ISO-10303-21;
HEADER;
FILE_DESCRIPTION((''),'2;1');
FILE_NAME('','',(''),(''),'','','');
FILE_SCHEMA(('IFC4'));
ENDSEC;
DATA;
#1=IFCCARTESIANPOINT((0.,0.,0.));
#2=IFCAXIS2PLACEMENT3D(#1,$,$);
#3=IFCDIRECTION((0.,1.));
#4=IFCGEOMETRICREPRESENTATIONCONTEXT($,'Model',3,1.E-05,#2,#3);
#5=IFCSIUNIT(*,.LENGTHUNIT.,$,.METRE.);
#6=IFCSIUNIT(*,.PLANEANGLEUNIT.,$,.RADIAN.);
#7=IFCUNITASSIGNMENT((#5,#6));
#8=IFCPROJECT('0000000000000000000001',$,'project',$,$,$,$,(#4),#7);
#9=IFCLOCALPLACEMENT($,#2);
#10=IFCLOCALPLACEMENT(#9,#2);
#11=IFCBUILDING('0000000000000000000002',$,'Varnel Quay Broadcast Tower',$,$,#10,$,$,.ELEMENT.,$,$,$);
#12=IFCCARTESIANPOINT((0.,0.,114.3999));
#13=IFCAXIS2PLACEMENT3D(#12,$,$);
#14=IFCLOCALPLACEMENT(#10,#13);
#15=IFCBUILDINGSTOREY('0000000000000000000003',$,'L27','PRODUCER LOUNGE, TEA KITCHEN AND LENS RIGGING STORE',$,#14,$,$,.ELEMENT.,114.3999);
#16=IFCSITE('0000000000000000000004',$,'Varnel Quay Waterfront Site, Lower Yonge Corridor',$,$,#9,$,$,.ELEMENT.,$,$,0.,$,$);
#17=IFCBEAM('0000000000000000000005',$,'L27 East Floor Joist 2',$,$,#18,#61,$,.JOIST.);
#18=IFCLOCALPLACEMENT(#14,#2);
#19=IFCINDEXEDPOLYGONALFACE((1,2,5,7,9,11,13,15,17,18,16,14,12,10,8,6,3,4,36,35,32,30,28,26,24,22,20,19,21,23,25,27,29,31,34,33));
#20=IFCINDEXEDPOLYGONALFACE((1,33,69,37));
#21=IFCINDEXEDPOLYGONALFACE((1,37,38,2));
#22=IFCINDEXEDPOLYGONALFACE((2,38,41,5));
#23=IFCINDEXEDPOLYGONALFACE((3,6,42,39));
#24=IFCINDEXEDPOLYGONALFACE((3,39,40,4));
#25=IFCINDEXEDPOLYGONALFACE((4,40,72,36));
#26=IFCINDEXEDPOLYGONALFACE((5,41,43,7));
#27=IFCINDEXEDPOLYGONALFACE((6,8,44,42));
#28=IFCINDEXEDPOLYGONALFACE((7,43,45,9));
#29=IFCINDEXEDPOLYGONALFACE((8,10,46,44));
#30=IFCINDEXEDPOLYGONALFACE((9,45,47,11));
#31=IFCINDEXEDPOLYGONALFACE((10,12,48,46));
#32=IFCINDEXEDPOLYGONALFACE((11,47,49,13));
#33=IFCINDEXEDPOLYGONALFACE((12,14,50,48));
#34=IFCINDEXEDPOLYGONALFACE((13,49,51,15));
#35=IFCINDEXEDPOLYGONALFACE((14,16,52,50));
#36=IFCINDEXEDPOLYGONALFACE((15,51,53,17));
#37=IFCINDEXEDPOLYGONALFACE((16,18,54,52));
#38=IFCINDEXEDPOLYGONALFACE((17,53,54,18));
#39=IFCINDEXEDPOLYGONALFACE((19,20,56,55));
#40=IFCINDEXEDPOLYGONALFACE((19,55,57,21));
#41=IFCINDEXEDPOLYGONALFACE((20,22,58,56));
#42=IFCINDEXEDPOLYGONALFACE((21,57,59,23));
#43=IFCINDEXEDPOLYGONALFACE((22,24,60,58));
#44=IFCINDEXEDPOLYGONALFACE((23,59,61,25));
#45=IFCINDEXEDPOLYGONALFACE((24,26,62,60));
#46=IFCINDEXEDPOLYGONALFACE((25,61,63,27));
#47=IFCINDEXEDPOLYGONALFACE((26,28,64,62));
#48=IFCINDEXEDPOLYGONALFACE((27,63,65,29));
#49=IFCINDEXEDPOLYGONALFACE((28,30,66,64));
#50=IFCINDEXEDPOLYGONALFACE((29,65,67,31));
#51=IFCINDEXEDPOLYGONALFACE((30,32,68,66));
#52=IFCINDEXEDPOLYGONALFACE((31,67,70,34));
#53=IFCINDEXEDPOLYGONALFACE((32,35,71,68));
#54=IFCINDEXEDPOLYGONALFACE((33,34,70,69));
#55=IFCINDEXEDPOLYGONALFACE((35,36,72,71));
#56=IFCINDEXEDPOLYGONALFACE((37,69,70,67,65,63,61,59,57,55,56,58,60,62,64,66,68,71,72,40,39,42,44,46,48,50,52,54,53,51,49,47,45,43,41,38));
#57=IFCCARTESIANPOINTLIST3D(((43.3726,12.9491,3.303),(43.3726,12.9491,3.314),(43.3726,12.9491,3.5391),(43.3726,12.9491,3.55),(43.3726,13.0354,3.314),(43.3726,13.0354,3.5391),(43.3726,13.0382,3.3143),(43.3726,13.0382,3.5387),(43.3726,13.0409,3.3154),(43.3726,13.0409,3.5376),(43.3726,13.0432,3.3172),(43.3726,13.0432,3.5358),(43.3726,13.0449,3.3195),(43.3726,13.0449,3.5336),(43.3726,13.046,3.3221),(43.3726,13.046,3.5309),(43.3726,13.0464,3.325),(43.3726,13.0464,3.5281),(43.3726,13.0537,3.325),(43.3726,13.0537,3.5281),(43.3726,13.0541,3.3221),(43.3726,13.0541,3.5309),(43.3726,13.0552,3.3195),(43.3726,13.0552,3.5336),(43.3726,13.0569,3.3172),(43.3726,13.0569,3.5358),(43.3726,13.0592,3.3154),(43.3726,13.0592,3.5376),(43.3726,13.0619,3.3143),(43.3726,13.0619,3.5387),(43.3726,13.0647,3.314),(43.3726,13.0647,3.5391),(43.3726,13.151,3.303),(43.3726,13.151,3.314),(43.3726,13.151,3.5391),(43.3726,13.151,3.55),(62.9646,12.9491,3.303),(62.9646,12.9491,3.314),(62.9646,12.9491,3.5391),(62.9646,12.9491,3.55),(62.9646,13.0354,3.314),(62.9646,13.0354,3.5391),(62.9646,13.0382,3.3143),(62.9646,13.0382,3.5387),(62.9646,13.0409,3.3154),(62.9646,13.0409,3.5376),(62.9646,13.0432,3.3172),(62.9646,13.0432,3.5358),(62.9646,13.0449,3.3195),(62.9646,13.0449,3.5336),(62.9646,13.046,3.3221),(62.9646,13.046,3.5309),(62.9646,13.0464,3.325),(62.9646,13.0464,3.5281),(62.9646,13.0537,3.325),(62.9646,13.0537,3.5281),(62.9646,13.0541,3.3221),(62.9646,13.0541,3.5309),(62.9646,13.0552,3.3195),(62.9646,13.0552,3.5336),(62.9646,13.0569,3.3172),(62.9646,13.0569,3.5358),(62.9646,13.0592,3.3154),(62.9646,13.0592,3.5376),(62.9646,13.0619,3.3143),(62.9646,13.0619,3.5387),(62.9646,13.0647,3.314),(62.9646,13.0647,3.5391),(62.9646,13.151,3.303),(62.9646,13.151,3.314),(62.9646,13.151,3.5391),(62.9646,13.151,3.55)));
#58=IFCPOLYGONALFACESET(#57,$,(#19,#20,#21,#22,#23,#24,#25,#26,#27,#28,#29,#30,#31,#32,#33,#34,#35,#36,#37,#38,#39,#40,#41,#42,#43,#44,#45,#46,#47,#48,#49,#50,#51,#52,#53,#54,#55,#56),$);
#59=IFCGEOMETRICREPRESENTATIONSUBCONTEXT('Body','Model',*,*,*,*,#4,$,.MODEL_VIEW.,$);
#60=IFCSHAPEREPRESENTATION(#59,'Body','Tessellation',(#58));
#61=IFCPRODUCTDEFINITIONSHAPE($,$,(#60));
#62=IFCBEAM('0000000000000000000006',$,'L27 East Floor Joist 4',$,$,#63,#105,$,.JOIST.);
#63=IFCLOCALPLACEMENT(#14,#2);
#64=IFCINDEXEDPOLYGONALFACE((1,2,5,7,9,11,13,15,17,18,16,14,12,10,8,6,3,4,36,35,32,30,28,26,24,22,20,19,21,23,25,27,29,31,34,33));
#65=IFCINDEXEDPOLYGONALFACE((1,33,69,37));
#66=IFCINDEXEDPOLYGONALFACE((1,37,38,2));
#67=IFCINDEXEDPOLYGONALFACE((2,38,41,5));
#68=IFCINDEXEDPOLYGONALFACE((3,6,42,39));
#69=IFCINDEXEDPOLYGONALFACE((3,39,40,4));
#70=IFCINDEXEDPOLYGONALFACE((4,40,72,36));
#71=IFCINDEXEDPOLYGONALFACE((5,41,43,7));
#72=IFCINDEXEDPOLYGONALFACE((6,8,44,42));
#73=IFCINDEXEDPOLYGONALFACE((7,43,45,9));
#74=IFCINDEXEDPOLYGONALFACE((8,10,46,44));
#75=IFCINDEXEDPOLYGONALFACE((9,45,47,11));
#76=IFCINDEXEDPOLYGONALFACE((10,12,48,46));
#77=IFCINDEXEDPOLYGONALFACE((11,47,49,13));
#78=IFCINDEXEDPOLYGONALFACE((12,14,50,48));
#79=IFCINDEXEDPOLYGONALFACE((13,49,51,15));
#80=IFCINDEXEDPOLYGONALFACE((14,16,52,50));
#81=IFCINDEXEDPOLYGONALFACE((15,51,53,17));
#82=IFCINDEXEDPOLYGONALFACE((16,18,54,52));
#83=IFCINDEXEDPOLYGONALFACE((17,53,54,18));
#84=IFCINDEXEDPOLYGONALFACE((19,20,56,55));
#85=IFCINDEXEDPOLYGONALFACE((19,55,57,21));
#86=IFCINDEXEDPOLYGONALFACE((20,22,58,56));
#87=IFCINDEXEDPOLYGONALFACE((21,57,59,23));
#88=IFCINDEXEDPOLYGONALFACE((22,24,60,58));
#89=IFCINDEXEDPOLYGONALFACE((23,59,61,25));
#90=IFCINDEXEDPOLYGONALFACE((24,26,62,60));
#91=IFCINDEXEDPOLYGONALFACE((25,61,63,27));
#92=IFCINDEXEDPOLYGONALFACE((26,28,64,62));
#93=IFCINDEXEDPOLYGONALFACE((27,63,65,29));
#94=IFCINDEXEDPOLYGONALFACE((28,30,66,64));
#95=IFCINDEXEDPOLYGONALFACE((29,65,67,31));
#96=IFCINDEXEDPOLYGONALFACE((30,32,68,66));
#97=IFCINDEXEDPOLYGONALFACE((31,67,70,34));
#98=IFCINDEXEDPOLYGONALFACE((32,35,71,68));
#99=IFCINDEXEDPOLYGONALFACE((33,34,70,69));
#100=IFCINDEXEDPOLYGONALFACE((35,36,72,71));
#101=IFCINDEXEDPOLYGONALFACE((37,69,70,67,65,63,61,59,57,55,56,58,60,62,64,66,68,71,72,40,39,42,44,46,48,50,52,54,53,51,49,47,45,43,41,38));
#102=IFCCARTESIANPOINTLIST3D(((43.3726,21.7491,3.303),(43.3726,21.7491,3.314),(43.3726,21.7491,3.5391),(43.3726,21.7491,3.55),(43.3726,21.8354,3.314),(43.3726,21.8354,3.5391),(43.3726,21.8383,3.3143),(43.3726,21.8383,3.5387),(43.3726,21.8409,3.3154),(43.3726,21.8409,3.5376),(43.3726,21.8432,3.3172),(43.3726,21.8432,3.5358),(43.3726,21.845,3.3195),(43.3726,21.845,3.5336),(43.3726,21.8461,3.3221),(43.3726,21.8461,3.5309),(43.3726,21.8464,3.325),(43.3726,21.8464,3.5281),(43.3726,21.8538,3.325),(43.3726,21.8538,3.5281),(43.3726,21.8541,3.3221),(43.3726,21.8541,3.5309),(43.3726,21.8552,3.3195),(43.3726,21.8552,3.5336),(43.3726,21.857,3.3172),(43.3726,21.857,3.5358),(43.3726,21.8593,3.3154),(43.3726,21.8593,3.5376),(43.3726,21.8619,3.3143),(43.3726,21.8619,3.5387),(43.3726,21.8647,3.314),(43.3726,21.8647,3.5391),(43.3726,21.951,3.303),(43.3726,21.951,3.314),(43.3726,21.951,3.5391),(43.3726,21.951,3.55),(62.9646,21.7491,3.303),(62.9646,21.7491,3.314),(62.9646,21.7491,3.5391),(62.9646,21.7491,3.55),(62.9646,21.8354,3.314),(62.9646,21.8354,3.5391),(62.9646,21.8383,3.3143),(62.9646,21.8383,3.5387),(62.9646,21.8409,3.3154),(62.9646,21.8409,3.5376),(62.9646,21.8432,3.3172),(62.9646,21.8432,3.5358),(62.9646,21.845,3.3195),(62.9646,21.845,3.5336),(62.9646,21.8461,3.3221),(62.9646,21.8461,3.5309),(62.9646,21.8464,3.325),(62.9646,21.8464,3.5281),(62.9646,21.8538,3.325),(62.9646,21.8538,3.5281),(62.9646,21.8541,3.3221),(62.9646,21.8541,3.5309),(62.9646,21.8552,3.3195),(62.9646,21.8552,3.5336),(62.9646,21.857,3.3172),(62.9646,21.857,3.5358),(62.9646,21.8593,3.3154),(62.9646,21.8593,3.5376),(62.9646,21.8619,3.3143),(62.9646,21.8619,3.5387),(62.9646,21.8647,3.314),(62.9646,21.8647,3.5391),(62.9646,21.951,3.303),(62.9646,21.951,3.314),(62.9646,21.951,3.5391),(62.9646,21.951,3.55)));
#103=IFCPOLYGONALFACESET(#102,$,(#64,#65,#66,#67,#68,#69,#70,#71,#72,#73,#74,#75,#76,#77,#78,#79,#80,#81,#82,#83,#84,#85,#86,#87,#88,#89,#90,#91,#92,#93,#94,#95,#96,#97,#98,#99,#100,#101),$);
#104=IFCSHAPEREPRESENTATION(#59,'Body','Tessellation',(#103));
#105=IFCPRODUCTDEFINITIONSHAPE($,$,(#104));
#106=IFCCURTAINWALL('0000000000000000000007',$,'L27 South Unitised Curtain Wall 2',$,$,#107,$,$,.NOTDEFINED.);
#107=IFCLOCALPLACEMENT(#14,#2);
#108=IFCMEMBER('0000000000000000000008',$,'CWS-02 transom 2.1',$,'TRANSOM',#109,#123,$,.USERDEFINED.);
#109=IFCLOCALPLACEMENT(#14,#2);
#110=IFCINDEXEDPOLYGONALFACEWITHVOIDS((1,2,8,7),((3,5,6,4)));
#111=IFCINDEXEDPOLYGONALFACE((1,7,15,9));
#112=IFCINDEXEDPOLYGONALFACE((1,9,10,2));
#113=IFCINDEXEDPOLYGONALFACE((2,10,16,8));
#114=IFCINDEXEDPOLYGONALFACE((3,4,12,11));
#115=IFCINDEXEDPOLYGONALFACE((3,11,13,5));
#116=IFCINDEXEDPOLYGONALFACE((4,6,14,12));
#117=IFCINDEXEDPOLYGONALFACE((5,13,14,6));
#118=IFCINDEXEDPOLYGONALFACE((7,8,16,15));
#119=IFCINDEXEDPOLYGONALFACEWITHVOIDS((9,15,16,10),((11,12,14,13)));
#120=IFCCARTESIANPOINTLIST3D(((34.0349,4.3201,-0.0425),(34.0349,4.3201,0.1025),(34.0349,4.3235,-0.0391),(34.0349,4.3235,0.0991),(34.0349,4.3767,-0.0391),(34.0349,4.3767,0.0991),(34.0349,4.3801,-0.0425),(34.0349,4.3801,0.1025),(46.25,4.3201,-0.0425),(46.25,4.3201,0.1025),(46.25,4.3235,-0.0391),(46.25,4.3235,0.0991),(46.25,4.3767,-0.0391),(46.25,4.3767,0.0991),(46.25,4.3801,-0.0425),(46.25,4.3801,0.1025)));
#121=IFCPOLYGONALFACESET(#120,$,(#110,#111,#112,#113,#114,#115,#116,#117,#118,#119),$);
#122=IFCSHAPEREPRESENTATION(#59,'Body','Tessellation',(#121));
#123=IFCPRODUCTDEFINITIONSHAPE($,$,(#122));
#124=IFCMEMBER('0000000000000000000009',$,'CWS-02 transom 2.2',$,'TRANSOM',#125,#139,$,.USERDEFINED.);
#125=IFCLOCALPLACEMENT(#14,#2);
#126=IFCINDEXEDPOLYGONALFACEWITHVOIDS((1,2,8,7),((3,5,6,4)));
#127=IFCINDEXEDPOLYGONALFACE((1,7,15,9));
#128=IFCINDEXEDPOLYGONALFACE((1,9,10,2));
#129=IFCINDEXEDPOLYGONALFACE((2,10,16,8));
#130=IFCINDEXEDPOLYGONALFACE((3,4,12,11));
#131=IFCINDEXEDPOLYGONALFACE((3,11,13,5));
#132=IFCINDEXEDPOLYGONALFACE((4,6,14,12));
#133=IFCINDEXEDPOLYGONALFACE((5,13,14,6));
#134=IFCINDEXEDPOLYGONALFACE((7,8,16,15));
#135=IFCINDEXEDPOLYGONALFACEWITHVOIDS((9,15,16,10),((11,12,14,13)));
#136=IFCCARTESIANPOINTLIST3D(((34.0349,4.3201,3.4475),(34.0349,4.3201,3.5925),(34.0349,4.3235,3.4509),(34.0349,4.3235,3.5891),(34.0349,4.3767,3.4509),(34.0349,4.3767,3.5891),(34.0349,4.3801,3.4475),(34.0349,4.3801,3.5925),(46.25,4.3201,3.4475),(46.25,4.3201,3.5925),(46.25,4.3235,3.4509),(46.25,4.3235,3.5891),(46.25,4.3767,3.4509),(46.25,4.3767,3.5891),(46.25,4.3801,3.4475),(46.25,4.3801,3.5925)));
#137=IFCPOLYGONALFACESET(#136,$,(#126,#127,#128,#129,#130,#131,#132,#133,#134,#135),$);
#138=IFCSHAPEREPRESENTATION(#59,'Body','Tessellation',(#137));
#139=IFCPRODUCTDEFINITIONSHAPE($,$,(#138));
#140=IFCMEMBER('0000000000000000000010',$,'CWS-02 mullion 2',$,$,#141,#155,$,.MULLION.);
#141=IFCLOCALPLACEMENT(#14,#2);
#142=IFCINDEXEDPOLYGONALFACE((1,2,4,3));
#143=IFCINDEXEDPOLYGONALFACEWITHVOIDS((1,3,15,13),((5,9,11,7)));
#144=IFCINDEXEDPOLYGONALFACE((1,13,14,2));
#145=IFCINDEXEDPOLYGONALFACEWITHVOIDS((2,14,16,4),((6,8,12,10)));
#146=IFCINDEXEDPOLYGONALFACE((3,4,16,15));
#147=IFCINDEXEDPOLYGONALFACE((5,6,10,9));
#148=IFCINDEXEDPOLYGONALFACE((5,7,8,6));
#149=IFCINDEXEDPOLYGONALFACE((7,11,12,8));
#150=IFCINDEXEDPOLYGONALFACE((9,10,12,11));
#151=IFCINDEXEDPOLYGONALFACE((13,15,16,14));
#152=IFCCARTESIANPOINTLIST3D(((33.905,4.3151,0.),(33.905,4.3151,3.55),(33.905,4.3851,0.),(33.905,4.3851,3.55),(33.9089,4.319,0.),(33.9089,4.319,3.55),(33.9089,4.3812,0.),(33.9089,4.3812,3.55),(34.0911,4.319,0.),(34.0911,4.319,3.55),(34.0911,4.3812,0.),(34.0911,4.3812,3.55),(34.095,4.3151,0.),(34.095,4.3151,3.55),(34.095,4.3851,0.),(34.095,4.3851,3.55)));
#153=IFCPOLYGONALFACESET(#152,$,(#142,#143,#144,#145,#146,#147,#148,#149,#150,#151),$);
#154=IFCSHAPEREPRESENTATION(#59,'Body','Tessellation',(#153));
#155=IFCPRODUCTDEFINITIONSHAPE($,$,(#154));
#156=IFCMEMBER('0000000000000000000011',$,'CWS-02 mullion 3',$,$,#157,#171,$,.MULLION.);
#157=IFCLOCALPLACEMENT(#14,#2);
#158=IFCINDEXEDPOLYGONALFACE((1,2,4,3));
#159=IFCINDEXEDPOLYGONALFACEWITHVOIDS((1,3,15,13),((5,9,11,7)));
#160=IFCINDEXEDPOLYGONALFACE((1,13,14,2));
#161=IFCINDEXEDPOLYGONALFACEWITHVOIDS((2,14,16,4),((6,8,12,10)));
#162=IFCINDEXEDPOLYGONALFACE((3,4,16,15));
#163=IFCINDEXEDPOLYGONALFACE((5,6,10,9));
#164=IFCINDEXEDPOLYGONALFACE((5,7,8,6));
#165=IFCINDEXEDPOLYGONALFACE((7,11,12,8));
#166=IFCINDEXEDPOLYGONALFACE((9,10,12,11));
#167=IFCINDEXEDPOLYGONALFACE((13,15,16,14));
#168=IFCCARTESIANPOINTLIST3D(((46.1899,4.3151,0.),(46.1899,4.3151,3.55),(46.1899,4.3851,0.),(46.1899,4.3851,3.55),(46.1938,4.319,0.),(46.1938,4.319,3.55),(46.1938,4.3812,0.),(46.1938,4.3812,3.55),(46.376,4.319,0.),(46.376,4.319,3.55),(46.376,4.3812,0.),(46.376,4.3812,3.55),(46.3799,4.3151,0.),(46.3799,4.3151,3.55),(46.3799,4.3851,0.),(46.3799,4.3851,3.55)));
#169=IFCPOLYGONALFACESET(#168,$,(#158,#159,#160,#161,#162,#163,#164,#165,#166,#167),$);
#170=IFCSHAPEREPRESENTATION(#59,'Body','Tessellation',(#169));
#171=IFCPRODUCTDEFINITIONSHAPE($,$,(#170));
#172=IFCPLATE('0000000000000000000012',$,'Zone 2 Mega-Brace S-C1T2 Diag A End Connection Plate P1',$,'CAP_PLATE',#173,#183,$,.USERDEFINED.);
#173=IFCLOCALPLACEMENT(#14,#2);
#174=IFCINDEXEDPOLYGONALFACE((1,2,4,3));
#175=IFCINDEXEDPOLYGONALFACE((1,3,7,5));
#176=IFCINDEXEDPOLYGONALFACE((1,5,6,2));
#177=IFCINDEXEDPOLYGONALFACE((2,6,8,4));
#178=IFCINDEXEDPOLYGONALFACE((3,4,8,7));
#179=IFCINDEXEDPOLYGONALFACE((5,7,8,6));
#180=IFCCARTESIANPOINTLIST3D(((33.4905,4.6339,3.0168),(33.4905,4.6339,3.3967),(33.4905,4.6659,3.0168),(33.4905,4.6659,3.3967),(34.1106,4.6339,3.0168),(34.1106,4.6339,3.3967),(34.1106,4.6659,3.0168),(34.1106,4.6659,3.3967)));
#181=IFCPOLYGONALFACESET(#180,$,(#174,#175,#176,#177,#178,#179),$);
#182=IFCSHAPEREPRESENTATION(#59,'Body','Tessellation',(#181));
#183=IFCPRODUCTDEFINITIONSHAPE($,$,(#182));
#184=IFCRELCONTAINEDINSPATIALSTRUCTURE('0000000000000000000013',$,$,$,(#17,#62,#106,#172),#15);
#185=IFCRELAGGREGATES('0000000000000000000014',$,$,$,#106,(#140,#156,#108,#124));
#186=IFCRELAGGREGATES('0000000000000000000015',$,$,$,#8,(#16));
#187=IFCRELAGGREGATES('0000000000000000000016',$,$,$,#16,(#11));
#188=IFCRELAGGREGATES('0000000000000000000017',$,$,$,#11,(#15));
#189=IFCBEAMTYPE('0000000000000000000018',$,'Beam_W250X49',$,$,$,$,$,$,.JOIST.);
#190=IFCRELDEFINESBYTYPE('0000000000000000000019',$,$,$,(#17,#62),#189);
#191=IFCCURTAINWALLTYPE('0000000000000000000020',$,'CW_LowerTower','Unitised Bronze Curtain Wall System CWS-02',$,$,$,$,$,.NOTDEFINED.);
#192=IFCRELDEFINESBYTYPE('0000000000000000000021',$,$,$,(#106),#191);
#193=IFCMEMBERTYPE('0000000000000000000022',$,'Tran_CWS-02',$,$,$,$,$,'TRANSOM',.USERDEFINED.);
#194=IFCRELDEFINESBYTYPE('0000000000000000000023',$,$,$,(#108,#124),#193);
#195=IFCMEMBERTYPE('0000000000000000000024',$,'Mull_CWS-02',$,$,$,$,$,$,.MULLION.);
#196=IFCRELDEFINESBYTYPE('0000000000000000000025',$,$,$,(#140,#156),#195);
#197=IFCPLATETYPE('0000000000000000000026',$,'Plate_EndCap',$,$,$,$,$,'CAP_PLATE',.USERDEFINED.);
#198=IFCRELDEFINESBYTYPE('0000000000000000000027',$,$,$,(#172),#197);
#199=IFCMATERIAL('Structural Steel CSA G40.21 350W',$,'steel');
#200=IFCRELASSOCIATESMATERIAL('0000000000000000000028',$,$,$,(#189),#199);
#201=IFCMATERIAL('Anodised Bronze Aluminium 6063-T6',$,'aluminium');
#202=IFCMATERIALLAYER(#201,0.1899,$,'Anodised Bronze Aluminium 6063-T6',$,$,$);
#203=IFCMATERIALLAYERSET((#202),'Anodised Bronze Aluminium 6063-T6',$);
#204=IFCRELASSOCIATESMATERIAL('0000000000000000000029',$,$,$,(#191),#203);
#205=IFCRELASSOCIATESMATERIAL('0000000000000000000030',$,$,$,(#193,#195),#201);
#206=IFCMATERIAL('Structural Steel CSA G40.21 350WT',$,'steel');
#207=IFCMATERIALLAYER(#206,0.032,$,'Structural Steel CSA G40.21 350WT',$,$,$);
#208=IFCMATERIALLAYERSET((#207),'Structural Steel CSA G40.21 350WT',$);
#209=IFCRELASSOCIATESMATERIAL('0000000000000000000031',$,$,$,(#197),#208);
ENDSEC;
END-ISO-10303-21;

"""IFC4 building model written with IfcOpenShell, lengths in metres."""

from ifc_helpers import new_model, si_unit, direction, frame, origin, origin_2d, place, context, subcontext, project, spatial, rectangle, hollow_rectangle, i_section, extrude, source, transform, mapped, material, layer, layer_set, material_profile, profile_set, type_object, type_shapes, element, aggregate, save


model = new_model("IFC4")

# Units and contexts
model_context = context("Model", 3, precision=1e-05, world=origin(), true_north=direction((0.0, 1.0)))
body_context = subcontext(model_context, "Body", "Model", "MODEL_VIEW")
ifc_project = project(units=[si_unit("LENGTHUNIT", "METRE"), si_unit("PLANEANGLEUNIT", "RADIAN")], contexts=[model_context])

# Site, building, storey
site_placement = place(None, origin())
site = spatial("IfcSite", under=ifc_project, at=site_placement, Name="Varnel Quay Waterfront Site, Lower Yonge Corridor", CompositionType="ELEMENT", RefElevation=0.0)
building_placement = place(site_placement, origin())
building = spatial("IfcBuilding", under=site, at=building_placement, Name="Varnel Quay Broadcast Tower", CompositionType="ELEMENT")
storey_placement = place(building_placement, frame((0.0, 0.0, 114.3999)))
storey = spatial("IfcBuildingStorey", under=building, at=storey_placement, Name="L27", Description="PRODUCER LOUNGE, TEA KITCHEN AND LENS RIGGING STORE", CompositionType="ELEMENT", Elevation=114.3999)

# Shared definitions
ifc_material_1 = material(Name="Structural Steel CSA G40.21 350W", Category="steel")

# Beams
ifc_material_profile_1 = material_profile(ifc_material_1, i_section(OverallWidth=0.2019, OverallDepth=0.2471, WebThickness=0.0073, FlangeThickness=0.011, FilletRadius=0.011, at=origin_2d()), Name="W250X49")
ifc_profile_set_1 = profile_set([ifc_material_profile_1], Name="Structural Steel CSA G40.21 350W")
beam_type_1 = type_object("IfcBeamType", Name="Beam_W250X49", PredefinedType="JOIST", material=ifc_profile_set_1)
shared_shape_1 = source(origin(), body_context, "Body", "SweptSolid", [
    extrude(i_section(OverallWidth=0.2019, OverallDepth=0.2471, WebThickness=0.0073, FlangeThickness=0.011, FilletRadius=0.011, at=origin_2d()), origin(), (0.0, 0.0, 1.0), 19.592),
])
type_shapes(beam_type_1, [shared_shape_1])
for number, where, z_axis, x_axis, name in (
    (1, (43.3726, 13.05, 3.4265), (1.0, 0.0, 0.0), (0.0, 1.0, 0.0), "L27 East Floor Joist 2"),
    (2, (43.3726, 21.8501, 3.4265), (1.0, 0.0, 0.0), (0.0, 1.0, 0.0), "L27 East Floor Joist 4"),
):
    element("IfcBeam", number, at=place(storey_placement, frame(where, z_axis=z_axis, x_axis=x_axis)), inside=storey, type_object=beam_type_1, Name=name, PredefinedType="JOIST", context=body_context, shape_type="MappedRepresentation", body=[
        mapped(shared_shape_1, transform((0.0, 0.0, 0.0), x_axis=(1.0, 0.0, 0.0), y_axis=(0.0, 1.0, 0.0), z_axis=(0.0, 0.0, 1.0), scale=1.0)),
    ])

# Curtain wall, members
ifc_material_2 = material(Name="Anodised Bronze Aluminium 6063-T6", Category="aluminium")
ifc_layer_1 = layer(ifc_material_2, 0.1899, Name="Anodised Bronze Aluminium 6063-T6")
ifc_layer_set_1 = layer_set([ifc_layer_1], Name="Anodised Bronze Aluminium 6063-T6")
curtain_wall_type = type_object("IfcCurtainWallType", Name="CW_LowerTower", Description="Unitised Bronze Curtain Wall System CWS-02", PredefinedType="NOTDEFINED", material=ifc_layer_set_1)
curtain_wall_placement = place(storey_placement, origin())
curtain_wall = element("IfcCurtainWall", 3, at=curtain_wall_placement, inside=storey, type_object=curtain_wall_type, Name="L27 South Unitised Curtain Wall 2", PredefinedType="NOTDEFINED")
ifc_material_profile_2 = material_profile(ifc_material_2, hollow_rectangle(XDim=0.0601, YDim=0.145, WallThickness=0.0034, at=origin_2d()), Name="ALU60X145X3.5")
ifc_profile_set_2 = profile_set([ifc_material_profile_2], Name="Anodised Bronze Aluminium 6063-T6")
member_type_1 = type_object("IfcMemberType", Name="Tran_CWS-02", ElementType="TRANSOM", PredefinedType="USERDEFINED", material=ifc_profile_set_2)
shared_shape_2 = source(origin(), body_context, "Body", "SweptSolid", [
    extrude(hollow_rectangle(XDim=0.0601, YDim=0.145, WallThickness=0.0034, at=origin_2d()), origin(), (0.0, 0.0, 1.0), 12.2151),
])
type_shapes(member_type_1, [shared_shape_2])
member_1_placement = place(storey_placement, frame((34.0349, 4.3501, 0.03), z_axis=(1.0, 0.0, 0.0), x_axis=(0.0, 1.0, 0.0)))
member_1 = element("IfcMember", 4, at=member_1_placement, type_object=member_type_1, Name="CWS-02 transom 2.1", ObjectType="TRANSOM", PredefinedType="USERDEFINED", context=body_context, shape_type="MappedRepresentation", body=[
    mapped(shared_shape_2, transform((0.0, 0.0, 0.0), x_axis=(1.0, 0.0, 0.0), y_axis=(0.0, 1.0, 0.0), z_axis=(0.0, 0.0, 1.0), scale=1.0)),
])
member_2_placement = place(storey_placement, frame((34.0349, 4.3501, 3.52), z_axis=(1.0, 0.0, 0.0), x_axis=(0.0, 1.0, 0.0)))
member_2 = element("IfcMember", 5, at=member_2_placement, type_object=member_type_1, Name="CWS-02 transom 2.2", ObjectType="TRANSOM", PredefinedType="USERDEFINED", context=body_context, shape_type="MappedRepresentation", body=[
    mapped(shared_shape_2, transform((0.0, 0.0, 0.0), x_axis=(1.0, 0.0, 0.0), y_axis=(0.0, 1.0, 0.0), z_axis=(0.0, 0.0, 1.0), scale=1.0)),
])
ifc_material_profile_3 = material_profile(ifc_material_2, hollow_rectangle(XDim=0.0701, YDim=0.1899, WallThickness=0.0039, at=origin_2d()), Name="ALU70X190X4")
ifc_profile_set_3 = profile_set([ifc_material_profile_3], Name="Anodised Bronze Aluminium 6063-T6")
member_type_2 = type_object("IfcMemberType", Name="Mull_CWS-02", PredefinedType="MULLION", material=ifc_profile_set_3)
shared_shape_3 = source(origin(), body_context, "Body", "SweptSolid", [
    extrude(hollow_rectangle(XDim=0.0701, YDim=0.1899, WallThickness=0.0039, at=origin_2d()), origin(), (0.0, 0.0, 1.0), 3.55),
])
type_shapes(member_type_2, [shared_shape_3])
member_3_placement = place(storey_placement, frame((34.0, 4.3501, 0.0), z_axis=(0.0, 0.0, 1.0), x_axis=(0.0, 1.0, 0.0)))
member_3 = element("IfcMember", 6, at=member_3_placement, type_object=member_type_2, Name="CWS-02 mullion 2", PredefinedType="MULLION", context=body_context, shape_type="MappedRepresentation", body=[
    mapped(shared_shape_3, transform((0.0, 0.0, 0.0), x_axis=(1.0, 0.0, 0.0), y_axis=(0.0, 1.0, 0.0), z_axis=(0.0, 0.0, 1.0), scale=1.0)),
])
member_4_placement = place(storey_placement, frame((46.2849, 4.3501, 0.0), z_axis=(0.0, 0.0, 1.0), x_axis=(0.0, 1.0, 0.0)))
member_4 = element("IfcMember", 7, at=member_4_placement, type_object=member_type_2, Name="CWS-02 mullion 3", PredefinedType="MULLION", context=body_context, shape_type="MappedRepresentation", body=[
    mapped(shared_shape_3, transform((0.0, 0.0, 0.0), x_axis=(1.0, 0.0, 0.0), y_axis=(0.0, 1.0, 0.0), z_axis=(0.0, 0.0, 1.0), scale=1.0)),
])

# Plate
ifc_material_3 = material(Name="Structural Steel CSA G40.21 350WT", Category="steel")
ifc_layer_2 = layer(ifc_material_3, 0.032, Name="Structural Steel CSA G40.21 350WT")
ifc_layer_set_2 = layer_set([ifc_layer_2], Name="Structural Steel CSA G40.21 350WT")
plate_type_1 = type_object("IfcPlateType", Name="Plate_EndCap", ElementType="CAP_PLATE", PredefinedType="USERDEFINED", material=ifc_layer_set_2)
shared_shape_4 = source(origin(), body_context, "Body", "SweptSolid", [
    extrude(rectangle(XDim=0.6201, YDim=0.032, at=origin_2d()), origin(), (0.0, 0.0, 1.0), 0.3799),
])
type_shapes(plate_type_1, [shared_shape_4])
for number, where, z_axis, x_axis, name in (
    (8, (33.8005, 4.6499, 3.0168), (0.0, 0.0, 1.0), (1.0, 0.0, 0.0), "Zone 2 Mega-Brace S-C1T2 Diag A End Connection Plate P1"),
):
    element("IfcPlate", number, at=place(storey_placement, frame(where, z_axis=z_axis, x_axis=x_axis)), inside=storey, type_object=plate_type_1, Name=name, ObjectType="CAP_PLATE", PredefinedType="USERDEFINED", context=body_context, shape_type="MappedRepresentation", body=[
        mapped(shared_shape_4, transform((0.0, 0.0, 0.0), x_axis=(1.0, 0.0, 0.0), y_axis=(0.0, 1.0, 0.0), z_axis=(0.0, 0.0, 1.0), scale=1.0)),
    ])

aggregate(curtain_wall, [member_3, member_4, member_1, member_2])

save(model, "model.ifc")
